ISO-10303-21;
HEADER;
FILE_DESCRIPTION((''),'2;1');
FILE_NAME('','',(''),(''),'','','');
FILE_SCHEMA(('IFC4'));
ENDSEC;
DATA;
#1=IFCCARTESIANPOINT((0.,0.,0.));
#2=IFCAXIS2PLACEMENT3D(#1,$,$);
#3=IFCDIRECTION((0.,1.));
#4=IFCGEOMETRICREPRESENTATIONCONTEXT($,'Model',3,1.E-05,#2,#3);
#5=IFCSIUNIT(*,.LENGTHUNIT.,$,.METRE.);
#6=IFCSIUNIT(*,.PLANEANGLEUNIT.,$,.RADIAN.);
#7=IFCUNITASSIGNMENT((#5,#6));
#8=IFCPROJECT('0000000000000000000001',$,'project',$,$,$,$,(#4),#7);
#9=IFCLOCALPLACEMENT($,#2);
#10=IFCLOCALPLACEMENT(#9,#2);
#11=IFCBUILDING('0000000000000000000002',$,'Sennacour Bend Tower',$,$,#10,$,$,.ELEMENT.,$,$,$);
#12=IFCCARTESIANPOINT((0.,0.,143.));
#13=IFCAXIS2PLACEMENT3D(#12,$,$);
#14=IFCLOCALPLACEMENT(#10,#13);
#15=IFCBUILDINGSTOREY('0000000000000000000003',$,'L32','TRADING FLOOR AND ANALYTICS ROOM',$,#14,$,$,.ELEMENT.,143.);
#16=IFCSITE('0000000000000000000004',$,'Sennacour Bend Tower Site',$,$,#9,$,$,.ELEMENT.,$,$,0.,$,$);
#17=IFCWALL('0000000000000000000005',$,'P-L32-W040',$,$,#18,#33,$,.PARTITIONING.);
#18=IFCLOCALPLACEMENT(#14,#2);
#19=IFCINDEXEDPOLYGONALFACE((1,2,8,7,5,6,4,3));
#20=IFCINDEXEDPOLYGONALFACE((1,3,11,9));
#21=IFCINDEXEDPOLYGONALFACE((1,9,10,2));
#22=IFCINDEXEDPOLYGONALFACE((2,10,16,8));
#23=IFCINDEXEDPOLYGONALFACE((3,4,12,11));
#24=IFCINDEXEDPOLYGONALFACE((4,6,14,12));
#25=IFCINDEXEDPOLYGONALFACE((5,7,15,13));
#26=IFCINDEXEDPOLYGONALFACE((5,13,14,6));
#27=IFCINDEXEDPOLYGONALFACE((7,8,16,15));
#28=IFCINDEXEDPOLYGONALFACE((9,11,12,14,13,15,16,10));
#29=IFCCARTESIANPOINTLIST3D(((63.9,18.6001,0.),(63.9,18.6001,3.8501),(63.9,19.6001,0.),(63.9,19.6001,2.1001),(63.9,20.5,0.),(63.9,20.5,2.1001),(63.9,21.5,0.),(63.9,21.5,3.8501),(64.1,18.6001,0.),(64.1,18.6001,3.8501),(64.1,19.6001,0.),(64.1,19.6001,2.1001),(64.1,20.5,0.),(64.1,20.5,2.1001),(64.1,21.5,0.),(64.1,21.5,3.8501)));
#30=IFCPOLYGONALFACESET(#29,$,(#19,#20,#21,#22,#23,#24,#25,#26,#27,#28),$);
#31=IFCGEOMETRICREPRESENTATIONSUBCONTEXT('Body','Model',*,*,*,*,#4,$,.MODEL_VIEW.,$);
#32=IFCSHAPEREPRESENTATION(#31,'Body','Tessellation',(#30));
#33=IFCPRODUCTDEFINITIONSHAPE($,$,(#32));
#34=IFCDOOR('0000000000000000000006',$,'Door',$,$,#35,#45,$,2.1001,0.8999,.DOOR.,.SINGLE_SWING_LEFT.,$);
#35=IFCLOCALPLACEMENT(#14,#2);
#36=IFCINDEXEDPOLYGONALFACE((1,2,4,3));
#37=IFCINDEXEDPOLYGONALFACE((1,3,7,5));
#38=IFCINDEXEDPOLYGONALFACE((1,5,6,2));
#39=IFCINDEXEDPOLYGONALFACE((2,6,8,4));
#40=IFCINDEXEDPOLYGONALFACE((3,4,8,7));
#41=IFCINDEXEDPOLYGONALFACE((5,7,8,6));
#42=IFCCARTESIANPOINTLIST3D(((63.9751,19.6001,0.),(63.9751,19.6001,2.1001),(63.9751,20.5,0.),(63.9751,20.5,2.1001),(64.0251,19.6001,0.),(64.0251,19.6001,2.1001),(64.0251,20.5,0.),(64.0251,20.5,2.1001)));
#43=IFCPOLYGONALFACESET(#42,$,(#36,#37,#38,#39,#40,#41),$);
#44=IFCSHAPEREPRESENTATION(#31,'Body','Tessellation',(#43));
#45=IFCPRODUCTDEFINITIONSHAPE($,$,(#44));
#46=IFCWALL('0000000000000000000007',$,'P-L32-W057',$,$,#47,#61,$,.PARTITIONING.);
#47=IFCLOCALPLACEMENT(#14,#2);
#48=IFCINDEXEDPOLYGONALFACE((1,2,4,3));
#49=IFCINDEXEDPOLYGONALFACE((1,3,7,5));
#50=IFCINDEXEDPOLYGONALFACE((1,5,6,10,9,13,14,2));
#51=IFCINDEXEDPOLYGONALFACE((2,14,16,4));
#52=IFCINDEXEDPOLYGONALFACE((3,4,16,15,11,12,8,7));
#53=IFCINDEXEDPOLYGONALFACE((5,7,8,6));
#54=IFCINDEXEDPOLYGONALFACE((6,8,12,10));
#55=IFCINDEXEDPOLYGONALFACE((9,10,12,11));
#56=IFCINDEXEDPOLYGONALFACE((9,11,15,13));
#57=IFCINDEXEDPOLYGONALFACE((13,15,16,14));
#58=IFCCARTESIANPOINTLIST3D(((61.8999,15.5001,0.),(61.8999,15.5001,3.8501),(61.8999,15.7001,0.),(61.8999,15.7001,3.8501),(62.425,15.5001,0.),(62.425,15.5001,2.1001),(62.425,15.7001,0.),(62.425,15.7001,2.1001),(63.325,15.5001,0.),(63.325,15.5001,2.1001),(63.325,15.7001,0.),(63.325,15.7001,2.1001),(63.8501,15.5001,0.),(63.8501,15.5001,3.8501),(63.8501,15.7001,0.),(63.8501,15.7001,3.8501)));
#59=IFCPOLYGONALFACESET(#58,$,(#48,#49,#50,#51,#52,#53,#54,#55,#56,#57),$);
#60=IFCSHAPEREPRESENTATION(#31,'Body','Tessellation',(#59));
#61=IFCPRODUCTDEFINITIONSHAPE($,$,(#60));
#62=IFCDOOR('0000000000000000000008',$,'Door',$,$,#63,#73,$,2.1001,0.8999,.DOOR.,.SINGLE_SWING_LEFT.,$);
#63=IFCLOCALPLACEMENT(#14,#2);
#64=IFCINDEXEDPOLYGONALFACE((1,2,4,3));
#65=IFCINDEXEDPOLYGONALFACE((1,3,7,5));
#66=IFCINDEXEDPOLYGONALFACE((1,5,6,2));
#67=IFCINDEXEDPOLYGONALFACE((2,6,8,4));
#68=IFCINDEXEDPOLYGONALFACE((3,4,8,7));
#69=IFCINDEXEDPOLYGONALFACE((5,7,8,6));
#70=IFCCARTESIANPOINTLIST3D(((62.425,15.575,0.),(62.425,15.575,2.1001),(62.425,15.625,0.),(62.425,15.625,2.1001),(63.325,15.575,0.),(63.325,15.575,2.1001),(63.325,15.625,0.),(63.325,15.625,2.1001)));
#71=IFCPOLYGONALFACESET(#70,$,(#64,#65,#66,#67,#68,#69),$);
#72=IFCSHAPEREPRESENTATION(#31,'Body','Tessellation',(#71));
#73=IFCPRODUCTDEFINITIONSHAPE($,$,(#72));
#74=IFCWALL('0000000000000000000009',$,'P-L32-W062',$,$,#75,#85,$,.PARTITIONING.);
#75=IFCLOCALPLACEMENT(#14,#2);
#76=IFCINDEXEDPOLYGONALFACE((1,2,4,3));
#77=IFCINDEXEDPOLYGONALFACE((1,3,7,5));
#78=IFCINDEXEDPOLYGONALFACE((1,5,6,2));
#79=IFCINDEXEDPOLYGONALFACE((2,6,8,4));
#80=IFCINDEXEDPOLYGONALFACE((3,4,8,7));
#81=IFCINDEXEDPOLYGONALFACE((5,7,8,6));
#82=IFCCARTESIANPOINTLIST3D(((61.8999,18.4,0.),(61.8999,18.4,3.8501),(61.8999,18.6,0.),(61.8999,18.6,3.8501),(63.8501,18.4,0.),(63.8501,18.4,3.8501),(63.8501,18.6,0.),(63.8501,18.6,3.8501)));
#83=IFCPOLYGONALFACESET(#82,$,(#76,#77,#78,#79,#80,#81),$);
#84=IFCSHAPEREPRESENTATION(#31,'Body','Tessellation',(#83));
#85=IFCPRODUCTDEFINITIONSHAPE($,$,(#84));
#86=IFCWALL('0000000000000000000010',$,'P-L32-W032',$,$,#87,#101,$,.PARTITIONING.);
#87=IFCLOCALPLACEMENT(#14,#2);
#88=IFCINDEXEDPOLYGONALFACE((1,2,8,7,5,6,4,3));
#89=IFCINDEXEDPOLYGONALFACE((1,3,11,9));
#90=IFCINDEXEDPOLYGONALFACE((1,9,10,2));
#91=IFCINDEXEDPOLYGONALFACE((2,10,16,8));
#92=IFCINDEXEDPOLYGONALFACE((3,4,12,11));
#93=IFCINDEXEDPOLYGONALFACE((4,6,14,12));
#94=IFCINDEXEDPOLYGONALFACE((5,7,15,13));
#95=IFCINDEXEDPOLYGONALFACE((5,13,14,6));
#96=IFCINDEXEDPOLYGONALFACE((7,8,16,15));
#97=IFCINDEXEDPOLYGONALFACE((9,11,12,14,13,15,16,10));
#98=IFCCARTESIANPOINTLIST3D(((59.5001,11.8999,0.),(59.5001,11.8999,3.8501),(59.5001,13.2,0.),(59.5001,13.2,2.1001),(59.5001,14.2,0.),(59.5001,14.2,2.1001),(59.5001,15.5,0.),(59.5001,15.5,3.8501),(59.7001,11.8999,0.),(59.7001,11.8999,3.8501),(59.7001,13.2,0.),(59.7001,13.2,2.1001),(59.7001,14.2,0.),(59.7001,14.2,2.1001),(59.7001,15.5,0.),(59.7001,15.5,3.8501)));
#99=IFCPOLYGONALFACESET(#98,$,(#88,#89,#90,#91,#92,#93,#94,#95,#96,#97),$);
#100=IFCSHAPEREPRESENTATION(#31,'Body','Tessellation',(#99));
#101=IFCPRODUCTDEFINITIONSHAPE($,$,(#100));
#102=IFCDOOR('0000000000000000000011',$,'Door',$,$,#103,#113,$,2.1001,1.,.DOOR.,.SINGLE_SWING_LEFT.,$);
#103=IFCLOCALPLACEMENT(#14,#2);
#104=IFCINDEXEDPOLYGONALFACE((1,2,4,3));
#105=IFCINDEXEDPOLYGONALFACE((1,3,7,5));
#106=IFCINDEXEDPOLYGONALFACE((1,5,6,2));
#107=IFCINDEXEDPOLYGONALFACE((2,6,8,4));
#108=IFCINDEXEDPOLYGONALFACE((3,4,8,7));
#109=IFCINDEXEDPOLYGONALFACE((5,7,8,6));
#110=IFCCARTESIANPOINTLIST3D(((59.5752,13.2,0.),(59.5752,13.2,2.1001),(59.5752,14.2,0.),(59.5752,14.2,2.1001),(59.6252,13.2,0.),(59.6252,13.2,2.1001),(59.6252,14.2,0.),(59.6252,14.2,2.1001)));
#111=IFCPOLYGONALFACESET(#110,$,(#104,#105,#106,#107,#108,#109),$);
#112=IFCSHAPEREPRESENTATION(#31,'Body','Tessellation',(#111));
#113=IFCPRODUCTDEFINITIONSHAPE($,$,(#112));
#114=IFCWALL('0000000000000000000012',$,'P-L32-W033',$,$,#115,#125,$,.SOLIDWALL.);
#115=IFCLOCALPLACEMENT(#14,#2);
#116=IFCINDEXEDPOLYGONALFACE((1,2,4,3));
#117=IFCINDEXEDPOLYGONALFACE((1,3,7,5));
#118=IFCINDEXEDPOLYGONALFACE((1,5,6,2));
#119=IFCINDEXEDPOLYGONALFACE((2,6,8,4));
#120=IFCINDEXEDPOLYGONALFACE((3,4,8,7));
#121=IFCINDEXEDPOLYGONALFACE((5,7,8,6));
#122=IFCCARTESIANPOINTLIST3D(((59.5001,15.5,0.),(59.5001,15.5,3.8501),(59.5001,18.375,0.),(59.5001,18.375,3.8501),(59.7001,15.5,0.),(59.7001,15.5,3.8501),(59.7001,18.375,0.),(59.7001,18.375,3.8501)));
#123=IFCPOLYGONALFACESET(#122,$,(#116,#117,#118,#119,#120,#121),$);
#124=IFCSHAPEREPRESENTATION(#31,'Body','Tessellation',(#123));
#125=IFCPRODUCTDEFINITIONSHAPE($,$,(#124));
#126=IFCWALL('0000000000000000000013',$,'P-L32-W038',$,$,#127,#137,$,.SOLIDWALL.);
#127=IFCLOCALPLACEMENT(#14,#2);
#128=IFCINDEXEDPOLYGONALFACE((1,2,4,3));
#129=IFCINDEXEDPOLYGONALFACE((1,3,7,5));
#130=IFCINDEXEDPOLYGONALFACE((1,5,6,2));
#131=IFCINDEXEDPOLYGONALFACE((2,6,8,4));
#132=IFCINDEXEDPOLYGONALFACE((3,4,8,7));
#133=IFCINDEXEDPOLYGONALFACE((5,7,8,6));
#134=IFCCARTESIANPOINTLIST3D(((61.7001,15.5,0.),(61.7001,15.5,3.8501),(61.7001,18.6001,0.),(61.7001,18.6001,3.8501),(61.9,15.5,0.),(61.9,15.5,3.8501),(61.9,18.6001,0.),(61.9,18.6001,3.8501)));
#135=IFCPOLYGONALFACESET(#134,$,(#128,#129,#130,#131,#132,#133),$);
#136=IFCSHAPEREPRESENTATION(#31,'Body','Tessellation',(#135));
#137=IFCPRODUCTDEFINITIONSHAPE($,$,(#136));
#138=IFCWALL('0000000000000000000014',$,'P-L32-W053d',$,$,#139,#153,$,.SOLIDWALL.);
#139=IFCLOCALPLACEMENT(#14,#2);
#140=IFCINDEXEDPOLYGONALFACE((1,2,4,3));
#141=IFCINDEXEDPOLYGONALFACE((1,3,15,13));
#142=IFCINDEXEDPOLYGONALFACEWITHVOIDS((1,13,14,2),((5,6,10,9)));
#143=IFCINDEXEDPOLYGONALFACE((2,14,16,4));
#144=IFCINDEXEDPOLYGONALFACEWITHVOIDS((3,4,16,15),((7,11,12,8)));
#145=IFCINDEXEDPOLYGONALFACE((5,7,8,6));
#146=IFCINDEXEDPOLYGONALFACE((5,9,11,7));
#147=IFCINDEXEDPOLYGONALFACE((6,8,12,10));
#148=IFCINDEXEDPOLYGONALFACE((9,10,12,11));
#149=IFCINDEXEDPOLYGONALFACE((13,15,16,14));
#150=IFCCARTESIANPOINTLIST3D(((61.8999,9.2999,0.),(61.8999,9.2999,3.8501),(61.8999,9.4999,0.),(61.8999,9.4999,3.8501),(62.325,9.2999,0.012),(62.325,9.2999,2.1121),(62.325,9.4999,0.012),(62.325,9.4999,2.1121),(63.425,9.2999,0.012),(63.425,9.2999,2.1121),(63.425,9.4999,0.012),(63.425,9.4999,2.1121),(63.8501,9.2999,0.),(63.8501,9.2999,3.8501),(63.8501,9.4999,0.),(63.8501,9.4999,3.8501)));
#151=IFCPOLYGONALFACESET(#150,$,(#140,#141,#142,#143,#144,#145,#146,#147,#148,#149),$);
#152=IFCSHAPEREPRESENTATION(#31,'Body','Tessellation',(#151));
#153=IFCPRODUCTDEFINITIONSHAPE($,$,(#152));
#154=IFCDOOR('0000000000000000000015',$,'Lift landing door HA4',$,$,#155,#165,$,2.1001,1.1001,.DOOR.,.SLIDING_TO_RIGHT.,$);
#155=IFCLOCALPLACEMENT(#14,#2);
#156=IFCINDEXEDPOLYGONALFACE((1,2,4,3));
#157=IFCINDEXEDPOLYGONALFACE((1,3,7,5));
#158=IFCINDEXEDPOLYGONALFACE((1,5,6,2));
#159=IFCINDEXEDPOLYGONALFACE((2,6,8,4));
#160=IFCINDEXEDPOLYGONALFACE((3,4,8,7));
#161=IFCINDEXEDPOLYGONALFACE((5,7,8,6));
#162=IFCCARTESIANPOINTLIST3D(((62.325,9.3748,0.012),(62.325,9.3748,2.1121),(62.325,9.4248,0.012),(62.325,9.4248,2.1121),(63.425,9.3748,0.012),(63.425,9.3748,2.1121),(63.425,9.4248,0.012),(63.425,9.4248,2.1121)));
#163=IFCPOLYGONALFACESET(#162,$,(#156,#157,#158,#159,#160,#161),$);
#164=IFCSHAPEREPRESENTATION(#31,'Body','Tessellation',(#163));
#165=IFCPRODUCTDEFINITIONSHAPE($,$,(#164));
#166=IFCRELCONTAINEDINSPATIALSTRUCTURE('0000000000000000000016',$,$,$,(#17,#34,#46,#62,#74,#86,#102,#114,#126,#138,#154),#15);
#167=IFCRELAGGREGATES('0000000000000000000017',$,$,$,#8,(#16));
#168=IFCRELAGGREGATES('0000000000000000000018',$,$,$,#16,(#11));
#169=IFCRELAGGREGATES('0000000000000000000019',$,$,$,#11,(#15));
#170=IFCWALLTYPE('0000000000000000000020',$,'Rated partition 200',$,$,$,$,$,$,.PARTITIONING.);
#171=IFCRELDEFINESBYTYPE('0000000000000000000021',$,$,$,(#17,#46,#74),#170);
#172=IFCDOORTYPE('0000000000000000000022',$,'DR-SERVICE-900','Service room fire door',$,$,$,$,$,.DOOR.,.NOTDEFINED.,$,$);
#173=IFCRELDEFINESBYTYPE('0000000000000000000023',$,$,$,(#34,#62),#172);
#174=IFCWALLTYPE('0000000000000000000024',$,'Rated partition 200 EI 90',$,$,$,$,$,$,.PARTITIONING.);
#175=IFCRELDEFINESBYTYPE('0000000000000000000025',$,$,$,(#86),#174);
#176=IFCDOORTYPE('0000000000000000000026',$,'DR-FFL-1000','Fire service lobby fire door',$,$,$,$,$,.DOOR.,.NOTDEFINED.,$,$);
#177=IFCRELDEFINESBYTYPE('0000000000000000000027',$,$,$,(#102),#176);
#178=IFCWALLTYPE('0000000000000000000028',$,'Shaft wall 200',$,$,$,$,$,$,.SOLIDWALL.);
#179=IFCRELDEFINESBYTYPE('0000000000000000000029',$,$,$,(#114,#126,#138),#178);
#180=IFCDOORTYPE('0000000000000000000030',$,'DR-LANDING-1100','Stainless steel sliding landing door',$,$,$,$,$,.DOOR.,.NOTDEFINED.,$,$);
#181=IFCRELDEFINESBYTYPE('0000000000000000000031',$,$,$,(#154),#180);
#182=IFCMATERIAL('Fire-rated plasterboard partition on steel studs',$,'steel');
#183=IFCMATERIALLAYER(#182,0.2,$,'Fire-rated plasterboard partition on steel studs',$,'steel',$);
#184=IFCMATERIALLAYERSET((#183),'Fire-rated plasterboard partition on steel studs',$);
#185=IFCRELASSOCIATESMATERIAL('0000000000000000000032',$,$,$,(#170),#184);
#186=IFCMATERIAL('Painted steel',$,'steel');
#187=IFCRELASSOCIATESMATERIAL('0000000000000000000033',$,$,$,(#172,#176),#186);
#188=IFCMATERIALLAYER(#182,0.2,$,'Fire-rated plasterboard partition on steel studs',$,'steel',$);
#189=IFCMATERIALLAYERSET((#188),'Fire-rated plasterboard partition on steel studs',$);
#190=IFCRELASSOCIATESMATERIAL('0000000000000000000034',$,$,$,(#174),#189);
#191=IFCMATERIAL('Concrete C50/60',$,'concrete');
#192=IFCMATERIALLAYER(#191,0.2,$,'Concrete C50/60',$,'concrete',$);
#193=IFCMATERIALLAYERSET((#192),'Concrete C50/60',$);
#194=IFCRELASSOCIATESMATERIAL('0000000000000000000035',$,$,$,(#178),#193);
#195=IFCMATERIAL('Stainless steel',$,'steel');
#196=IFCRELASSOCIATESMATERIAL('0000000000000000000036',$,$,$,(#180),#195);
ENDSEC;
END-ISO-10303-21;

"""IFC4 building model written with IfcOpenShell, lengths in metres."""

from ifc_helpers import new_model, si_unit, direction, frame, frame_2d, origin, place, context, subcontext, project, spatial, rectangle, extrude, material, layer, layer_set, type_object, element, fill, save


model = new_model("IFC4")

# Units and contexts
model_context = context("Model", 3, precision=1e-05, world=origin(), true_north=direction((0.0, 1.0)))
body_context = subcontext(model_context, "Body", "Model", "MODEL_VIEW")
ifc_project = project(units=[si_unit("LENGTHUNIT", "METRE"), si_unit("PLANEANGLEUNIT", "RADIAN")], contexts=[model_context])

# Site, building, storey
site_placement = place(None, origin())
site = spatial("IfcSite", under=ifc_project, at=site_placement, Name="Sennacour Bend Tower Site", CompositionType="ELEMENT", RefElevation=0.0)
building_placement = place(site_placement, origin())
building = spatial("IfcBuilding", under=site, at=building_placement, Name="Sennacour Bend Tower", CompositionType="ELEMENT")
storey_placement = place(building_placement, frame((0.0, 0.0, 143.0)))
storey = spatial("IfcBuildingStorey", under=building, at=storey_placement, Name="L32", Description="TRADING FLOOR AND ANALYTICS ROOM", CompositionType="ELEMENT", Elevation=143.0)

# Walls, openings, doors
ifc_material_1 = material(Name="Fire-rated plasterboard partition on steel studs", Category="steel")
ifc_layer_1 = layer(ifc_material_1, 0.2, Name="Fire-rated plasterboard partition on steel studs", Category="steel")
ifc_layer_set_1 = layer_set([ifc_layer_1], Name="Fire-rated plasterboard partition on steel studs")
wall_type_1 = type_object("IfcWallType", Name="Rated partition 200", PredefinedType="PARTITIONING", material=ifc_layer_set_1)
wall_1_placement = place(storey_placement, frame((64.0, 18.6001, 0.0), z_axis=(0.0, 0.0, 1.0), x_axis=(0.0, 1.0, 0.0)))
wall_1 = element("IfcWall", 1, at=wall_1_placement, inside=storey, type_object=wall_type_1, Name="P-L32-W040", PredefinedType="PARTITIONING", context=body_context, shape_type="SweptSolid", body=[
    extrude(rectangle(XDim=2.8999, YDim=0.2, at=frame_2d((1.45, 0.0))), origin(), (0.0, 0.0, 1.0), 3.8501),
])
opening_1_placement = place(wall_1_placement, frame((1.0, 0.0, 0.0)))
opening_1 = element("IfcOpeningElement", 2, at=opening_1_placement, cuts=wall_1, PredefinedType="OPENING", context=body_context, shape_type="SweptSolid", body=[
    extrude(rectangle(XDim=0.8999, YDim=2.1001, at=frame_2d((0.45, 1.05))), frame((0.0, 0.1099, 0.0), z_axis=(0.0, -1.0, 0.0), x_axis=(1.0, 0.0, 0.0)), (0.0, 0.0, 1.0), 0.22),
])
ifc_material_2 = material(Name="Painted steel", Category="steel")
door_type_1 = type_object("IfcDoorType", Name="DR-SERVICE-900", Description="Service room fire door", OperationType="NOTDEFINED", PredefinedType="DOOR", material=ifc_material_2)
door_1_placement = place(opening_1_placement, origin())
door_1 = element("IfcDoor", 3, at=door_1_placement, inside=storey, type_object=door_type_1, Name="Door", OperationType="SINGLE_SWING_LEFT", OverallHeight=2.1001, OverallWidth=0.8999, PredefinedType="DOOR", context=body_context, shape_type="SweptSolid", body=[
    extrude(rectangle(XDim=0.8999, YDim=2.1001, at=frame_2d((0.45, 1.05))), frame((0.0, 0.0249, 0.0), z_axis=(0.0, -1.0, 0.0), x_axis=(1.0, 0.0, 0.0)), (0.0, 0.0, 1.0), 0.05),
])
fill(opening_1, door_1)
wall_2_placement = place(storey_placement, frame((61.8999, 15.6001, 0.0), z_axis=(0.0, 0.0, 1.0), x_axis=(1.0, 0.0, 0.0)))
wall_2 = element("IfcWall", 4, at=wall_2_placement, inside=storey, type_object=wall_type_1, Name="P-L32-W057", PredefinedType="PARTITIONING", context=body_context, shape_type="SweptSolid", body=[
    extrude(rectangle(XDim=1.9502, YDim=0.2, at=frame_2d((0.9751, 0.0))), origin(), (0.0, 0.0, 1.0), 3.8501),
])
opening_2_placement = place(wall_2_placement, frame((0.5251, 0.0, 0.0)))
opening_2 = element("IfcOpeningElement", 5, at=opening_2_placement, cuts=wall_2, PredefinedType="OPENING", context=body_context, shape_type="SweptSolid", body=[
    extrude(rectangle(XDim=0.8999, YDim=2.1001, at=frame_2d((0.45, 1.05))), frame((0.0, 0.1099, 0.0), z_axis=(0.0, -1.0, 0.0), x_axis=(1.0, 0.0, 0.0)), (0.0, 0.0, 1.0), 0.22),
])
door_2_placement = place(opening_2_placement, origin())
door_2 = element("IfcDoor", 6, at=door_2_placement, inside=storey, type_object=door_type_1, Name="Door", OperationType="SINGLE_SWING_LEFT", OverallHeight=2.1001, OverallWidth=0.8999, PredefinedType="DOOR", context=body_context, shape_type="SweptSolid", body=[
    extrude(rectangle(XDim=0.8999, YDim=2.1001, at=frame_2d((0.45, 1.05))), frame((0.0, 0.0249, 0.0), z_axis=(0.0, -1.0, 0.0), x_axis=(1.0, 0.0, 0.0)), (0.0, 0.0, 1.0), 0.05),
])
fill(opening_2, door_2)

# Wall
wall_3_placement = place(storey_placement, frame((61.8999, 18.5, 0.0), z_axis=(0.0, 0.0, 1.0), x_axis=(1.0, 0.0, 0.0)))
element("IfcWall", 7, at=wall_3_placement, inside=storey, type_object=wall_type_1, Name="P-L32-W062", PredefinedType="PARTITIONING", context=body_context, shape_type="SweptSolid", body=[
    extrude(rectangle(XDim=1.9502, YDim=0.2, at=frame_2d((0.9751, 0.0))), origin(), (0.0, 0.0, 1.0), 3.8501),
])

# Wall, opening, door
ifc_layer_2 = layer(ifc_material_1, 0.2, Name="Fire-rated plasterboard partition on steel studs", Category="steel")
ifc_layer_set_2 = layer_set([ifc_layer_2], Name="Fire-rated plasterboard partition on steel studs")
wall_type_2 = type_object("IfcWallType", Name="Rated partition 200 EI 90", PredefinedType="PARTITIONING", material=ifc_layer_set_2)
wall_4_placement = place(storey_placement, frame((59.6001, 11.8999, 0.0), z_axis=(0.0, 0.0, 1.0), x_axis=(0.0, 1.0, 0.0)))
wall_4 = element("IfcWall", 8, at=wall_4_placement, inside=storey, type_object=wall_type_2, Name="P-L32-W032", PredefinedType="PARTITIONING", context=body_context, shape_type="SweptSolid", body=[
    extrude(rectangle(XDim=3.6001, YDim=0.2, at=frame_2d((1.8, 0.0))), origin(), (0.0, 0.0, 1.0), 3.8501),
])
opening_3_placement = place(wall_4_placement, frame((1.3, 0.0, 0.0)))
opening_3 = element("IfcOpeningElement", 9, at=opening_3_placement, cuts=wall_4, PredefinedType="OPENING", context=body_context, shape_type="SweptSolid", body=[
    extrude(rectangle(XDim=1.0, YDim=2.1001, at=frame_2d((0.5, 1.05))), frame((0.0, 0.1099, 0.0), z_axis=(0.0, -1.0, 0.0), x_axis=(1.0, 0.0, 0.0)), (0.0, 0.0, 1.0), 0.22),
])
door_type_2 = type_object("IfcDoorType", Name="DR-FFL-1000", Description="Fire service lobby fire door", OperationType="NOTDEFINED", PredefinedType="DOOR", material=ifc_material_2)
door_3_placement = place(opening_3_placement, origin())
door_3 = element("IfcDoor", 10, at=door_3_placement, inside=storey, type_object=door_type_2, Name="Door", OperationType="SINGLE_SWING_LEFT", OverallHeight=2.1001, OverallWidth=1.0, PredefinedType="DOOR", context=body_context, shape_type="SweptSolid", body=[
    extrude(rectangle(XDim=1.0, YDim=2.1001, at=frame_2d((0.5, 1.05))), frame((0.0, 0.0249, 0.0), z_axis=(0.0, -1.0, 0.0), x_axis=(1.0, 0.0, 0.0)), (0.0, 0.0, 1.0), 0.05),
])
fill(opening_3, door_3)

# Walls
ifc_material_3 = material(Name="Concrete C50/60", Category="concrete")
ifc_layer_3 = layer(ifc_material_3, 0.2, Name="Concrete C50/60", Category="concrete")
ifc_layer_set_3 = layer_set([ifc_layer_3], Name="Concrete C50/60")
wall_type_3 = type_object("IfcWallType", Name="Shaft wall 200", PredefinedType="SOLIDWALL", material=ifc_layer_set_3)
wall_5_placement = place(storey_placement, frame((59.6001, 15.5, 0.0), z_axis=(0.0, 0.0, 1.0), x_axis=(0.0, 1.0, 0.0)))
element("IfcWall", 11, at=wall_5_placement, inside=storey, type_object=wall_type_3, Name="P-L32-W033", PredefinedType="SOLIDWALL", context=body_context, shape_type="SweptSolid", body=[
    extrude(rectangle(XDim=2.875, YDim=0.2, at=frame_2d((1.4375, 0.0))), origin(), (0.0, 0.0, 1.0), 3.8501),
])
wall_6_placement = place(storey_placement, frame((61.8, 15.5, 0.0), z_axis=(0.0, 0.0, 1.0), x_axis=(0.0, 1.0, 0.0)))
element("IfcWall", 12, at=wall_6_placement, inside=storey, type_object=wall_type_3, Name="P-L32-W038", PredefinedType="SOLIDWALL", context=body_context, shape_type="SweptSolid", body=[
    extrude(rectangle(XDim=3.1001, YDim=0.2, at=frame_2d((1.55, 0.0))), origin(), (0.0, 0.0, 1.0), 3.8501),
])

# Wall, opening, door
wall_7_placement = place(storey_placement, frame((61.8999, 9.3999, 0.0), z_axis=(0.0, 0.0, 1.0), x_axis=(1.0, 0.0, 0.0)))
wall_7 = element("IfcWall", 13, at=wall_7_placement, inside=storey, type_object=wall_type_3, Name="P-L32-W053d", PredefinedType="SOLIDWALL", context=body_context, shape_type="SweptSolid", body=[
    extrude(rectangle(XDim=1.9502, YDim=0.2, at=frame_2d((0.9751, 0.0))), origin(), (0.0, 0.0, 1.0), 3.8501),
])
opening_4_placement = place(wall_7_placement, frame((0.425, 0.0, 0.012)))
opening_4 = element("IfcOpeningElement", 14, at=opening_4_placement, cuts=wall_7, PredefinedType="OPENING", context=body_context, shape_type="SweptSolid", body=[
    extrude(rectangle(XDim=1.1001, YDim=2.1001, at=frame_2d((0.55, 1.05))), frame((0.0, 0.1099, 0.0), z_axis=(0.0, -1.0, 0.0), x_axis=(1.0, 0.0, 0.0)), (0.0, 0.0, 1.0), 0.22),
])
ifc_material_4 = material(Name="Stainless steel", Category="steel")
door_type_3 = type_object("IfcDoorType", Name="DR-LANDING-1100", Description="Stainless steel sliding landing door", OperationType="NOTDEFINED", PredefinedType="DOOR", material=ifc_material_4)
door_4_placement = place(opening_4_placement, origin())
door_4 = element("IfcDoor", 15, at=door_4_placement, inside=storey, type_object=door_type_3, Name="Lift landing door HA4", OperationType="SLIDING_TO_RIGHT", OverallHeight=2.1001, OverallWidth=1.1001, PredefinedType="DOOR", context=body_context, shape_type="SweptSolid", body=[
    extrude(rectangle(XDim=1.1001, YDim=2.1001, at=frame_2d((0.55, 1.05))), frame((0.0, 0.0249, 0.0), z_axis=(0.0, -1.0, 0.0), x_axis=(1.0, 0.0, 0.0)), (0.0, 0.0, 1.0), 0.05),
])
fill(opening_4, door_4)

save(model, "model.ifc")
